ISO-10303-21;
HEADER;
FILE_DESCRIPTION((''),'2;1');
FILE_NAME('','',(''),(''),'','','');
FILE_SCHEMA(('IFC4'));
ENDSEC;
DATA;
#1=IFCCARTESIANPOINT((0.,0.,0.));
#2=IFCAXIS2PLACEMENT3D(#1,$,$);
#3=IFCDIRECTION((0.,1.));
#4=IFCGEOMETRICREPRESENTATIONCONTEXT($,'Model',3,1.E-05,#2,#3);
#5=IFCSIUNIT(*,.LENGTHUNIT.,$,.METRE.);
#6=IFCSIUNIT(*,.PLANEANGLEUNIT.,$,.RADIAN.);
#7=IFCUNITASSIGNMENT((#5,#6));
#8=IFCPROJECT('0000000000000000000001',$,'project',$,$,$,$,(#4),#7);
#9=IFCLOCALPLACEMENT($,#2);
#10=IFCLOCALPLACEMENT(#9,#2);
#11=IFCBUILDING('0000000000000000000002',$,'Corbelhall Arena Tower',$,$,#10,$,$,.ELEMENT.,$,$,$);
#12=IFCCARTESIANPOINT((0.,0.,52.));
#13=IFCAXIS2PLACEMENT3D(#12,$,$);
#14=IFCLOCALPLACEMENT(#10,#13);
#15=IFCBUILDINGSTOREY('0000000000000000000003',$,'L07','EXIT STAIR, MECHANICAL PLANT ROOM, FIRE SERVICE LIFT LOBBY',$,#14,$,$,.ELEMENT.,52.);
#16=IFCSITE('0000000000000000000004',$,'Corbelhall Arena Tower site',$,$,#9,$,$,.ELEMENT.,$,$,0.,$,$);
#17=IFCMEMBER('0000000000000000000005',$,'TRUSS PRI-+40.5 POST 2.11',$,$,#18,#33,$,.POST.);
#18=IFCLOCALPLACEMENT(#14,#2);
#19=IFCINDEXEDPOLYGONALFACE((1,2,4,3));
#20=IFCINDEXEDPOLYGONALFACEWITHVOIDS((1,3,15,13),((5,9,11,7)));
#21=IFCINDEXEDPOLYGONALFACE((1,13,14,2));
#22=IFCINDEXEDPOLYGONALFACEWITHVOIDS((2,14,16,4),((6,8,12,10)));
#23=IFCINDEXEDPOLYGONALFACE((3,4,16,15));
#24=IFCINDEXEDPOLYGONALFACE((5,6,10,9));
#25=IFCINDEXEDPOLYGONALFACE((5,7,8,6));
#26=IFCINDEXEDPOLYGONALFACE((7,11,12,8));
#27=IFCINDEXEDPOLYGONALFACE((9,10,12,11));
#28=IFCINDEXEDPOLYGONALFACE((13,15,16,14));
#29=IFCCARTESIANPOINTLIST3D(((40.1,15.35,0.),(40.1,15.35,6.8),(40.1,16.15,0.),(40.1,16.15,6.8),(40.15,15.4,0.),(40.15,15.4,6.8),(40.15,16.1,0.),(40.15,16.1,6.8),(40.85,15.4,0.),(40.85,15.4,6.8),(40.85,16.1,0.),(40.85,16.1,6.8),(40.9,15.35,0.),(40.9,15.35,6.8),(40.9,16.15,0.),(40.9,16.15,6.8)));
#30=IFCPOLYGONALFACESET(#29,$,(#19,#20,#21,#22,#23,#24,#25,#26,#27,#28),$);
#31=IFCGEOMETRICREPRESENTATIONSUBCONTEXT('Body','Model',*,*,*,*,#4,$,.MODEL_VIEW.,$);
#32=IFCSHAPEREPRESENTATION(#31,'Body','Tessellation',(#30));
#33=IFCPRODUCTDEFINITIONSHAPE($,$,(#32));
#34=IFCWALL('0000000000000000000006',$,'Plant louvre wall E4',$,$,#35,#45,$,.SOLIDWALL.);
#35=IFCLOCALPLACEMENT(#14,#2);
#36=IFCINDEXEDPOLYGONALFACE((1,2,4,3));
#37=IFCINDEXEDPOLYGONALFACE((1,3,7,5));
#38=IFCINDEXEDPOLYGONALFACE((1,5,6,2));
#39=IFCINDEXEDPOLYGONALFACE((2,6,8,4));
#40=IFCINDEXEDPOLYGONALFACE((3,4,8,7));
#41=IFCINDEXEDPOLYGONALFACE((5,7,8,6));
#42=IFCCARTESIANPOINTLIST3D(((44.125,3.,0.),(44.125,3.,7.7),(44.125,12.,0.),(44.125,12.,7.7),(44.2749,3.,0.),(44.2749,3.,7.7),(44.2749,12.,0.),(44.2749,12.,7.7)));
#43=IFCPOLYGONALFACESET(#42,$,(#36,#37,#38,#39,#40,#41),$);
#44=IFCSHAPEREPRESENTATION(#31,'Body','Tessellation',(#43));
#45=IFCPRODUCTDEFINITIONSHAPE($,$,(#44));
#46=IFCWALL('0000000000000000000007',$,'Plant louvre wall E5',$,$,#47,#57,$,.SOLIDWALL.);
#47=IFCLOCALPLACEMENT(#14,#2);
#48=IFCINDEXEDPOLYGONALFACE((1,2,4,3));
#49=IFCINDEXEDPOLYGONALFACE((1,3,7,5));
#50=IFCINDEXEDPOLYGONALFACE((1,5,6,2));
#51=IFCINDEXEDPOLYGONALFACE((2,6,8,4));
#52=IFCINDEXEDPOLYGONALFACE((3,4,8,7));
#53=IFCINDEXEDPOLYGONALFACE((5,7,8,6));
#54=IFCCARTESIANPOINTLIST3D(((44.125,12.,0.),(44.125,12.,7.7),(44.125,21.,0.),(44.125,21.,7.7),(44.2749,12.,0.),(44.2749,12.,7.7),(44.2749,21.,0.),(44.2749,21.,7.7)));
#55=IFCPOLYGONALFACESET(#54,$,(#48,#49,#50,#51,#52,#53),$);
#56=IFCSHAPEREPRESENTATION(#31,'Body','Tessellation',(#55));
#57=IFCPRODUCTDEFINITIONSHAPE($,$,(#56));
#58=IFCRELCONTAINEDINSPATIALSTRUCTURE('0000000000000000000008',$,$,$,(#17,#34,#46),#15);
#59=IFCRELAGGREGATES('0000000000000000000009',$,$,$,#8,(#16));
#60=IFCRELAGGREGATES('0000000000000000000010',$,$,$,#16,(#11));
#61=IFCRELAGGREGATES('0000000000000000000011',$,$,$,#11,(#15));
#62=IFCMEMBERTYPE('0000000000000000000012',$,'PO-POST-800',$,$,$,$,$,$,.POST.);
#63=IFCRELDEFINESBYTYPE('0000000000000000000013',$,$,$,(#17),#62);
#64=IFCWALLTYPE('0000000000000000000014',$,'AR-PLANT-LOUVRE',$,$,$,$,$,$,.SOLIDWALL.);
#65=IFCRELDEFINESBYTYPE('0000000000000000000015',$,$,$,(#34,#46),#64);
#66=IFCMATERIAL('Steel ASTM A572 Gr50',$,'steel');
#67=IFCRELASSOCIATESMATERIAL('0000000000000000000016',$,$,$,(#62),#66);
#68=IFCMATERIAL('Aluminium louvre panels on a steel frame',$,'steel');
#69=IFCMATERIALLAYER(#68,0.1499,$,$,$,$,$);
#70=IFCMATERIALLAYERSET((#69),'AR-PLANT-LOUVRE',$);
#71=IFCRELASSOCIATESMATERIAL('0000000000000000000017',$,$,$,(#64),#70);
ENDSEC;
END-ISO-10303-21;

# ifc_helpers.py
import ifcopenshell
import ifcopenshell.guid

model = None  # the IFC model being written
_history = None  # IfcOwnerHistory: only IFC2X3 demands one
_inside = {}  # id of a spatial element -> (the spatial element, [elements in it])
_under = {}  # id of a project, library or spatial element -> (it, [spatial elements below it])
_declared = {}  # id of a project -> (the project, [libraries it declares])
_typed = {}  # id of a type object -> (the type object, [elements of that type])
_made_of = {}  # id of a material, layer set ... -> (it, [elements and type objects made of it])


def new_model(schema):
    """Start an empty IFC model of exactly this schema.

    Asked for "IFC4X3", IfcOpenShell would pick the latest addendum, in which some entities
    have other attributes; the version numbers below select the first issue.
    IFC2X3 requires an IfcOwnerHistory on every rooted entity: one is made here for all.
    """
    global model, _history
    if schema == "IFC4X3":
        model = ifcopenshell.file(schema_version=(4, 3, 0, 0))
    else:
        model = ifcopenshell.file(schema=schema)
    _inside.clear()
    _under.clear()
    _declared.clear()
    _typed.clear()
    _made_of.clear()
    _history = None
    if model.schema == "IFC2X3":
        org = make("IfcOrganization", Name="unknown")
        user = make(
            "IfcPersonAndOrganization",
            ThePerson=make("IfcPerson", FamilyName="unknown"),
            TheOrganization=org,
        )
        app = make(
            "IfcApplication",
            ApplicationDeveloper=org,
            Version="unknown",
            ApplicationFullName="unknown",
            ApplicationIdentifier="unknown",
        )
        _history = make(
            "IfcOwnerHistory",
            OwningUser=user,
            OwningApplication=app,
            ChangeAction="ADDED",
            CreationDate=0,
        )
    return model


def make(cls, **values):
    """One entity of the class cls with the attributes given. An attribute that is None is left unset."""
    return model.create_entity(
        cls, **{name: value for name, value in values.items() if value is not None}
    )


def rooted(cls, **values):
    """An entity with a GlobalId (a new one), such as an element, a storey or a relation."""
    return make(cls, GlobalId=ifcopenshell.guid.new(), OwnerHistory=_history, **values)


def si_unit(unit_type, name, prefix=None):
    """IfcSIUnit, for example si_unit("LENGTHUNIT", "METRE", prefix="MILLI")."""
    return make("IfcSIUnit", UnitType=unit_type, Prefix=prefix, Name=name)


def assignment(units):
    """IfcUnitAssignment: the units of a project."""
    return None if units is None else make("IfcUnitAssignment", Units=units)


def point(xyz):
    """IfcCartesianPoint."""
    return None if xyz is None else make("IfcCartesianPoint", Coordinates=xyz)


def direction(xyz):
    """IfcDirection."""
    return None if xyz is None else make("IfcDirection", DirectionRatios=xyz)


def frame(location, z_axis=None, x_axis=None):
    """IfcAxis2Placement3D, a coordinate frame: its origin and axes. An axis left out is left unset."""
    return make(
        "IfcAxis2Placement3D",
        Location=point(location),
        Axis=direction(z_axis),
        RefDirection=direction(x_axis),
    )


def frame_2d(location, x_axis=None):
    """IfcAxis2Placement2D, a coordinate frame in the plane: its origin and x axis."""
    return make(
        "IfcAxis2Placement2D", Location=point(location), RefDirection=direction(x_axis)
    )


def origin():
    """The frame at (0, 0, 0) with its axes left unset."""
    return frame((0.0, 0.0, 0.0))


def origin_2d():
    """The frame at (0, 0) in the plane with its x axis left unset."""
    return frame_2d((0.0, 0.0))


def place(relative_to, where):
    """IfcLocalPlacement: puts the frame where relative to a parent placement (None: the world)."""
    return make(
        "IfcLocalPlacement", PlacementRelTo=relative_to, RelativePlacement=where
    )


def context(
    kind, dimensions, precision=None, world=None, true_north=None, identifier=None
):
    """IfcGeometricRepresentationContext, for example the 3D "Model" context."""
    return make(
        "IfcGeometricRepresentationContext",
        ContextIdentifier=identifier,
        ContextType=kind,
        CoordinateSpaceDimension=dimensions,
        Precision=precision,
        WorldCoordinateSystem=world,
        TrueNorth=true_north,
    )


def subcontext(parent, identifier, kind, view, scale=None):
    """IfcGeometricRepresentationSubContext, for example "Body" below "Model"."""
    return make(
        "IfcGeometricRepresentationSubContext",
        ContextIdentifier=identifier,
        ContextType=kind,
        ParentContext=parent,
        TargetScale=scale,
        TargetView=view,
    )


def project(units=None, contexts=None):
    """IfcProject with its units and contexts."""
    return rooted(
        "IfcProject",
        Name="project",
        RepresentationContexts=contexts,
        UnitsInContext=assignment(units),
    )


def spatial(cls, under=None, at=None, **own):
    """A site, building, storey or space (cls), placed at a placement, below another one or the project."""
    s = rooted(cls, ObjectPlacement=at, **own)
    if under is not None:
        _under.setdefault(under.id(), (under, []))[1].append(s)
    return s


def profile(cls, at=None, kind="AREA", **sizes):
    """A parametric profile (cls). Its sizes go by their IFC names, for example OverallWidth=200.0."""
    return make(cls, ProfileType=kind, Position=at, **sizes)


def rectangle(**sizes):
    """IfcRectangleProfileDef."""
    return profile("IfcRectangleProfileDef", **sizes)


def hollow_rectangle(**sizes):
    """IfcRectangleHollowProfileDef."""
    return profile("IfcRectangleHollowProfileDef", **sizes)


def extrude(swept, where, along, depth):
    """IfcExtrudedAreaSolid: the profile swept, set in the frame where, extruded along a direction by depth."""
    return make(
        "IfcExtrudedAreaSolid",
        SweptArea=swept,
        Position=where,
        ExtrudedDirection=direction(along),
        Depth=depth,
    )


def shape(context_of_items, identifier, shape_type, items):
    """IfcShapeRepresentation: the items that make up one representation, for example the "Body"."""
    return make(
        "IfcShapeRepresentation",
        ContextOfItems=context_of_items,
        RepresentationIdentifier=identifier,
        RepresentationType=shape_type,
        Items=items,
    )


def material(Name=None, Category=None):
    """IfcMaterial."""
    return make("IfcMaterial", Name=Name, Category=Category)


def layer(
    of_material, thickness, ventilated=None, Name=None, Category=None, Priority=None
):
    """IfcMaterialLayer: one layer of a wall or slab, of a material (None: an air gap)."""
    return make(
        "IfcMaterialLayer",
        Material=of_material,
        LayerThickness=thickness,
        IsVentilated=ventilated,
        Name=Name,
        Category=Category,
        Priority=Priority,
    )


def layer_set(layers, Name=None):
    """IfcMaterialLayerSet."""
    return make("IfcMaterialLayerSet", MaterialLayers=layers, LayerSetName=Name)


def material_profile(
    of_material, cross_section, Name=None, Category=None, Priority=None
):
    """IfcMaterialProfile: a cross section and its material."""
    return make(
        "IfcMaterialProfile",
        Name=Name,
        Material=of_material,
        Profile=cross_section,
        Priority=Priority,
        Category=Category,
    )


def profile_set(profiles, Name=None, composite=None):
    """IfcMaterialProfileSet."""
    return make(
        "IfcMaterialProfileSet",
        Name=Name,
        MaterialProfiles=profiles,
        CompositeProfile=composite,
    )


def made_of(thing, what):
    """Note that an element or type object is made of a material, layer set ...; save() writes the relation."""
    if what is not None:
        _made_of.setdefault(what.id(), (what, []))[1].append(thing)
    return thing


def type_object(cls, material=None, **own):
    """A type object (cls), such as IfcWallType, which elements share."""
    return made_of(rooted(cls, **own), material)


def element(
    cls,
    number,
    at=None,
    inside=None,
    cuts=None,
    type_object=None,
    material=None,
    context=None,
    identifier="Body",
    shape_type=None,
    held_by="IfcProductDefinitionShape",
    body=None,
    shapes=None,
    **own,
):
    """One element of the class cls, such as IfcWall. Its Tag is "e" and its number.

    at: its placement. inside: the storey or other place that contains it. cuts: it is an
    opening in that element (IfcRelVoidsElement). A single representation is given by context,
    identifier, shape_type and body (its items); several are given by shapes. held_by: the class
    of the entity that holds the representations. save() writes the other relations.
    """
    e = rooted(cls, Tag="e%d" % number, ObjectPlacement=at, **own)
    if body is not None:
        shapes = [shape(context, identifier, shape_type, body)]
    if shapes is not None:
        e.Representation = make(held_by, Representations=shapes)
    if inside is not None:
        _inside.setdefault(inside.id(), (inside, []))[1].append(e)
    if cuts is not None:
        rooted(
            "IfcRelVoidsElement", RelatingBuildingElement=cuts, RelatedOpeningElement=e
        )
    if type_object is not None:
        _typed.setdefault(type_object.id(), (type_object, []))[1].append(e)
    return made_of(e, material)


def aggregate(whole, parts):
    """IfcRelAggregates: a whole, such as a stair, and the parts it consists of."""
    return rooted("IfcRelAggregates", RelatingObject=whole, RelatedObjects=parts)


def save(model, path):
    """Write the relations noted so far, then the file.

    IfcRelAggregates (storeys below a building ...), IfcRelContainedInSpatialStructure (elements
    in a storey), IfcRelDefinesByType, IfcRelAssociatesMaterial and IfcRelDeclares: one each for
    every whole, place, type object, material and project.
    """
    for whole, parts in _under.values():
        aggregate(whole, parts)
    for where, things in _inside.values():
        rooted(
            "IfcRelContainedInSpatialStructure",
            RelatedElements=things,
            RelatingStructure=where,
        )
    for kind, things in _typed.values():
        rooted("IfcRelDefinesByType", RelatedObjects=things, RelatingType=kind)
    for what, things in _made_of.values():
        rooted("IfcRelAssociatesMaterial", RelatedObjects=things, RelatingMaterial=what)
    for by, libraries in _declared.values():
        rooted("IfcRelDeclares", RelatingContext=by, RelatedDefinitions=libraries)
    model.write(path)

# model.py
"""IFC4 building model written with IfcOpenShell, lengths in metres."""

from ifc_helpers import new_model, si_unit, direction, frame, frame_2d, origin, origin_2d, place, context, subcontext, project, spatial, rectangle, hollow_rectangle, extrude, material, layer, layer_set, material_profile, profile_set, type_object, element, save


model = new_model("IFC4")

# Units and contexts
model_context = context("Model", 3, precision=1e-05, world=origin(), true_north=direction((0.0, 1.0)))
body_context = subcontext(model_context, "Body", "Model", "MODEL_VIEW")
ifc_project = project(units=[si_unit("LENGTHUNIT", "METRE"), si_unit("PLANEANGLEUNIT", "RADIAN")], contexts=[model_context])

# Site, building, storey
site_placement = place(None, origin())
site = spatial("IfcSite", under=ifc_project, at=site_placement, Name="Corbelhall Arena Tower site", CompositionType="ELEMENT", RefElevation=0.0)
building_placement = place(site_placement, origin())
building = spatial("IfcBuilding", under=site, at=building_placement, Name="Corbelhall Arena Tower", CompositionType="ELEMENT")
storey_placement = place(building_placement, frame((0.0, 0.0, 52.0)))
storey = spatial("IfcBuildingStorey", under=building, at=storey_placement, Name="L07", Description="EXIT STAIR, MECHANICAL PLANT ROOM, FIRE SERVICE LIFT LOBBY", CompositionType="ELEMENT", Elevation=52.0)

# Member
ifc_material_1 = material(Name="Steel ASTM A572 Gr50", Category="steel")
ifc_material_profile_1 = material_profile(ifc_material_1, hollow_rectangle(XDim=0.8, YDim=0.8, WallThickness=0.05, at=origin_2d()))
ifc_profile_set_1 = profile_set([ifc_material_profile_1], Name="Steel ASTM A572 Gr50")
member_type_1 = type_object("IfcMemberType", Name="PO-POST-800", PredefinedType="POST", material=ifc_profile_set_1)
for number, where, z_axis, x_axis, name in (
    (1, (40.5, 15.75, 0.0), (0.0, 0.0, 1.0), (1.0, 0.0, 0.0), "TRUSS PRI-+40.5 POST 2.11"),
):
    element("IfcMember", number, at=place(storey_placement, frame(where, z_axis=z_axis, x_axis=x_axis)), inside=storey, type_object=member_type_1, Name=name, PredefinedType="POST", context=body_context, shape_type="SweptSolid", body=[
        extrude(hollow_rectangle(XDim=0.8, YDim=0.8, WallThickness=0.05, at=origin_2d()), origin(), (0.0, 0.0, 1.0), 6.8),
    ])

# Walls
ifc_material_2 = material(Name="Aluminium louvre panels on a steel frame", Category="steel")
ifc_layer = layer(ifc_material_2, 0.1499)
ifc_layer_set = layer_set([ifc_layer], Name="AR-PLANT-LOUVRE")
wall_type = type_object("IfcWallType", Name="AR-PLANT-LOUVRE", PredefinedType="SOLIDWALL", material=ifc_layer_set)
for number, where, z_axis, x_axis, name in (
    (2, (44.2, 3.0, 0.0), (0.0, 0.0, 1.0), (0.0, 1.0, 0.0), "Plant louvre wall E4"),
    (3, (44.2, 12.0, 0.0), (0.0, 0.0, 1.0), (0.0, 1.0, 0.0), "Plant louvre wall E5"),
):
    element("IfcWall", number, at=place(storey_placement, frame(where, z_axis=z_axis, x_axis=x_axis)), inside=storey, type_object=wall_type, Name=name, PredefinedType="SOLIDWALL", context=body_context, shape_type="SweptSolid", body=[
        extrude(rectangle(XDim=9.0, YDim=0.1499, at=frame_2d((4.5, 0.0))), origin(), (0.0, 0.0, 1.0), 7.7),
    ])

save(model, "model.ifc")
